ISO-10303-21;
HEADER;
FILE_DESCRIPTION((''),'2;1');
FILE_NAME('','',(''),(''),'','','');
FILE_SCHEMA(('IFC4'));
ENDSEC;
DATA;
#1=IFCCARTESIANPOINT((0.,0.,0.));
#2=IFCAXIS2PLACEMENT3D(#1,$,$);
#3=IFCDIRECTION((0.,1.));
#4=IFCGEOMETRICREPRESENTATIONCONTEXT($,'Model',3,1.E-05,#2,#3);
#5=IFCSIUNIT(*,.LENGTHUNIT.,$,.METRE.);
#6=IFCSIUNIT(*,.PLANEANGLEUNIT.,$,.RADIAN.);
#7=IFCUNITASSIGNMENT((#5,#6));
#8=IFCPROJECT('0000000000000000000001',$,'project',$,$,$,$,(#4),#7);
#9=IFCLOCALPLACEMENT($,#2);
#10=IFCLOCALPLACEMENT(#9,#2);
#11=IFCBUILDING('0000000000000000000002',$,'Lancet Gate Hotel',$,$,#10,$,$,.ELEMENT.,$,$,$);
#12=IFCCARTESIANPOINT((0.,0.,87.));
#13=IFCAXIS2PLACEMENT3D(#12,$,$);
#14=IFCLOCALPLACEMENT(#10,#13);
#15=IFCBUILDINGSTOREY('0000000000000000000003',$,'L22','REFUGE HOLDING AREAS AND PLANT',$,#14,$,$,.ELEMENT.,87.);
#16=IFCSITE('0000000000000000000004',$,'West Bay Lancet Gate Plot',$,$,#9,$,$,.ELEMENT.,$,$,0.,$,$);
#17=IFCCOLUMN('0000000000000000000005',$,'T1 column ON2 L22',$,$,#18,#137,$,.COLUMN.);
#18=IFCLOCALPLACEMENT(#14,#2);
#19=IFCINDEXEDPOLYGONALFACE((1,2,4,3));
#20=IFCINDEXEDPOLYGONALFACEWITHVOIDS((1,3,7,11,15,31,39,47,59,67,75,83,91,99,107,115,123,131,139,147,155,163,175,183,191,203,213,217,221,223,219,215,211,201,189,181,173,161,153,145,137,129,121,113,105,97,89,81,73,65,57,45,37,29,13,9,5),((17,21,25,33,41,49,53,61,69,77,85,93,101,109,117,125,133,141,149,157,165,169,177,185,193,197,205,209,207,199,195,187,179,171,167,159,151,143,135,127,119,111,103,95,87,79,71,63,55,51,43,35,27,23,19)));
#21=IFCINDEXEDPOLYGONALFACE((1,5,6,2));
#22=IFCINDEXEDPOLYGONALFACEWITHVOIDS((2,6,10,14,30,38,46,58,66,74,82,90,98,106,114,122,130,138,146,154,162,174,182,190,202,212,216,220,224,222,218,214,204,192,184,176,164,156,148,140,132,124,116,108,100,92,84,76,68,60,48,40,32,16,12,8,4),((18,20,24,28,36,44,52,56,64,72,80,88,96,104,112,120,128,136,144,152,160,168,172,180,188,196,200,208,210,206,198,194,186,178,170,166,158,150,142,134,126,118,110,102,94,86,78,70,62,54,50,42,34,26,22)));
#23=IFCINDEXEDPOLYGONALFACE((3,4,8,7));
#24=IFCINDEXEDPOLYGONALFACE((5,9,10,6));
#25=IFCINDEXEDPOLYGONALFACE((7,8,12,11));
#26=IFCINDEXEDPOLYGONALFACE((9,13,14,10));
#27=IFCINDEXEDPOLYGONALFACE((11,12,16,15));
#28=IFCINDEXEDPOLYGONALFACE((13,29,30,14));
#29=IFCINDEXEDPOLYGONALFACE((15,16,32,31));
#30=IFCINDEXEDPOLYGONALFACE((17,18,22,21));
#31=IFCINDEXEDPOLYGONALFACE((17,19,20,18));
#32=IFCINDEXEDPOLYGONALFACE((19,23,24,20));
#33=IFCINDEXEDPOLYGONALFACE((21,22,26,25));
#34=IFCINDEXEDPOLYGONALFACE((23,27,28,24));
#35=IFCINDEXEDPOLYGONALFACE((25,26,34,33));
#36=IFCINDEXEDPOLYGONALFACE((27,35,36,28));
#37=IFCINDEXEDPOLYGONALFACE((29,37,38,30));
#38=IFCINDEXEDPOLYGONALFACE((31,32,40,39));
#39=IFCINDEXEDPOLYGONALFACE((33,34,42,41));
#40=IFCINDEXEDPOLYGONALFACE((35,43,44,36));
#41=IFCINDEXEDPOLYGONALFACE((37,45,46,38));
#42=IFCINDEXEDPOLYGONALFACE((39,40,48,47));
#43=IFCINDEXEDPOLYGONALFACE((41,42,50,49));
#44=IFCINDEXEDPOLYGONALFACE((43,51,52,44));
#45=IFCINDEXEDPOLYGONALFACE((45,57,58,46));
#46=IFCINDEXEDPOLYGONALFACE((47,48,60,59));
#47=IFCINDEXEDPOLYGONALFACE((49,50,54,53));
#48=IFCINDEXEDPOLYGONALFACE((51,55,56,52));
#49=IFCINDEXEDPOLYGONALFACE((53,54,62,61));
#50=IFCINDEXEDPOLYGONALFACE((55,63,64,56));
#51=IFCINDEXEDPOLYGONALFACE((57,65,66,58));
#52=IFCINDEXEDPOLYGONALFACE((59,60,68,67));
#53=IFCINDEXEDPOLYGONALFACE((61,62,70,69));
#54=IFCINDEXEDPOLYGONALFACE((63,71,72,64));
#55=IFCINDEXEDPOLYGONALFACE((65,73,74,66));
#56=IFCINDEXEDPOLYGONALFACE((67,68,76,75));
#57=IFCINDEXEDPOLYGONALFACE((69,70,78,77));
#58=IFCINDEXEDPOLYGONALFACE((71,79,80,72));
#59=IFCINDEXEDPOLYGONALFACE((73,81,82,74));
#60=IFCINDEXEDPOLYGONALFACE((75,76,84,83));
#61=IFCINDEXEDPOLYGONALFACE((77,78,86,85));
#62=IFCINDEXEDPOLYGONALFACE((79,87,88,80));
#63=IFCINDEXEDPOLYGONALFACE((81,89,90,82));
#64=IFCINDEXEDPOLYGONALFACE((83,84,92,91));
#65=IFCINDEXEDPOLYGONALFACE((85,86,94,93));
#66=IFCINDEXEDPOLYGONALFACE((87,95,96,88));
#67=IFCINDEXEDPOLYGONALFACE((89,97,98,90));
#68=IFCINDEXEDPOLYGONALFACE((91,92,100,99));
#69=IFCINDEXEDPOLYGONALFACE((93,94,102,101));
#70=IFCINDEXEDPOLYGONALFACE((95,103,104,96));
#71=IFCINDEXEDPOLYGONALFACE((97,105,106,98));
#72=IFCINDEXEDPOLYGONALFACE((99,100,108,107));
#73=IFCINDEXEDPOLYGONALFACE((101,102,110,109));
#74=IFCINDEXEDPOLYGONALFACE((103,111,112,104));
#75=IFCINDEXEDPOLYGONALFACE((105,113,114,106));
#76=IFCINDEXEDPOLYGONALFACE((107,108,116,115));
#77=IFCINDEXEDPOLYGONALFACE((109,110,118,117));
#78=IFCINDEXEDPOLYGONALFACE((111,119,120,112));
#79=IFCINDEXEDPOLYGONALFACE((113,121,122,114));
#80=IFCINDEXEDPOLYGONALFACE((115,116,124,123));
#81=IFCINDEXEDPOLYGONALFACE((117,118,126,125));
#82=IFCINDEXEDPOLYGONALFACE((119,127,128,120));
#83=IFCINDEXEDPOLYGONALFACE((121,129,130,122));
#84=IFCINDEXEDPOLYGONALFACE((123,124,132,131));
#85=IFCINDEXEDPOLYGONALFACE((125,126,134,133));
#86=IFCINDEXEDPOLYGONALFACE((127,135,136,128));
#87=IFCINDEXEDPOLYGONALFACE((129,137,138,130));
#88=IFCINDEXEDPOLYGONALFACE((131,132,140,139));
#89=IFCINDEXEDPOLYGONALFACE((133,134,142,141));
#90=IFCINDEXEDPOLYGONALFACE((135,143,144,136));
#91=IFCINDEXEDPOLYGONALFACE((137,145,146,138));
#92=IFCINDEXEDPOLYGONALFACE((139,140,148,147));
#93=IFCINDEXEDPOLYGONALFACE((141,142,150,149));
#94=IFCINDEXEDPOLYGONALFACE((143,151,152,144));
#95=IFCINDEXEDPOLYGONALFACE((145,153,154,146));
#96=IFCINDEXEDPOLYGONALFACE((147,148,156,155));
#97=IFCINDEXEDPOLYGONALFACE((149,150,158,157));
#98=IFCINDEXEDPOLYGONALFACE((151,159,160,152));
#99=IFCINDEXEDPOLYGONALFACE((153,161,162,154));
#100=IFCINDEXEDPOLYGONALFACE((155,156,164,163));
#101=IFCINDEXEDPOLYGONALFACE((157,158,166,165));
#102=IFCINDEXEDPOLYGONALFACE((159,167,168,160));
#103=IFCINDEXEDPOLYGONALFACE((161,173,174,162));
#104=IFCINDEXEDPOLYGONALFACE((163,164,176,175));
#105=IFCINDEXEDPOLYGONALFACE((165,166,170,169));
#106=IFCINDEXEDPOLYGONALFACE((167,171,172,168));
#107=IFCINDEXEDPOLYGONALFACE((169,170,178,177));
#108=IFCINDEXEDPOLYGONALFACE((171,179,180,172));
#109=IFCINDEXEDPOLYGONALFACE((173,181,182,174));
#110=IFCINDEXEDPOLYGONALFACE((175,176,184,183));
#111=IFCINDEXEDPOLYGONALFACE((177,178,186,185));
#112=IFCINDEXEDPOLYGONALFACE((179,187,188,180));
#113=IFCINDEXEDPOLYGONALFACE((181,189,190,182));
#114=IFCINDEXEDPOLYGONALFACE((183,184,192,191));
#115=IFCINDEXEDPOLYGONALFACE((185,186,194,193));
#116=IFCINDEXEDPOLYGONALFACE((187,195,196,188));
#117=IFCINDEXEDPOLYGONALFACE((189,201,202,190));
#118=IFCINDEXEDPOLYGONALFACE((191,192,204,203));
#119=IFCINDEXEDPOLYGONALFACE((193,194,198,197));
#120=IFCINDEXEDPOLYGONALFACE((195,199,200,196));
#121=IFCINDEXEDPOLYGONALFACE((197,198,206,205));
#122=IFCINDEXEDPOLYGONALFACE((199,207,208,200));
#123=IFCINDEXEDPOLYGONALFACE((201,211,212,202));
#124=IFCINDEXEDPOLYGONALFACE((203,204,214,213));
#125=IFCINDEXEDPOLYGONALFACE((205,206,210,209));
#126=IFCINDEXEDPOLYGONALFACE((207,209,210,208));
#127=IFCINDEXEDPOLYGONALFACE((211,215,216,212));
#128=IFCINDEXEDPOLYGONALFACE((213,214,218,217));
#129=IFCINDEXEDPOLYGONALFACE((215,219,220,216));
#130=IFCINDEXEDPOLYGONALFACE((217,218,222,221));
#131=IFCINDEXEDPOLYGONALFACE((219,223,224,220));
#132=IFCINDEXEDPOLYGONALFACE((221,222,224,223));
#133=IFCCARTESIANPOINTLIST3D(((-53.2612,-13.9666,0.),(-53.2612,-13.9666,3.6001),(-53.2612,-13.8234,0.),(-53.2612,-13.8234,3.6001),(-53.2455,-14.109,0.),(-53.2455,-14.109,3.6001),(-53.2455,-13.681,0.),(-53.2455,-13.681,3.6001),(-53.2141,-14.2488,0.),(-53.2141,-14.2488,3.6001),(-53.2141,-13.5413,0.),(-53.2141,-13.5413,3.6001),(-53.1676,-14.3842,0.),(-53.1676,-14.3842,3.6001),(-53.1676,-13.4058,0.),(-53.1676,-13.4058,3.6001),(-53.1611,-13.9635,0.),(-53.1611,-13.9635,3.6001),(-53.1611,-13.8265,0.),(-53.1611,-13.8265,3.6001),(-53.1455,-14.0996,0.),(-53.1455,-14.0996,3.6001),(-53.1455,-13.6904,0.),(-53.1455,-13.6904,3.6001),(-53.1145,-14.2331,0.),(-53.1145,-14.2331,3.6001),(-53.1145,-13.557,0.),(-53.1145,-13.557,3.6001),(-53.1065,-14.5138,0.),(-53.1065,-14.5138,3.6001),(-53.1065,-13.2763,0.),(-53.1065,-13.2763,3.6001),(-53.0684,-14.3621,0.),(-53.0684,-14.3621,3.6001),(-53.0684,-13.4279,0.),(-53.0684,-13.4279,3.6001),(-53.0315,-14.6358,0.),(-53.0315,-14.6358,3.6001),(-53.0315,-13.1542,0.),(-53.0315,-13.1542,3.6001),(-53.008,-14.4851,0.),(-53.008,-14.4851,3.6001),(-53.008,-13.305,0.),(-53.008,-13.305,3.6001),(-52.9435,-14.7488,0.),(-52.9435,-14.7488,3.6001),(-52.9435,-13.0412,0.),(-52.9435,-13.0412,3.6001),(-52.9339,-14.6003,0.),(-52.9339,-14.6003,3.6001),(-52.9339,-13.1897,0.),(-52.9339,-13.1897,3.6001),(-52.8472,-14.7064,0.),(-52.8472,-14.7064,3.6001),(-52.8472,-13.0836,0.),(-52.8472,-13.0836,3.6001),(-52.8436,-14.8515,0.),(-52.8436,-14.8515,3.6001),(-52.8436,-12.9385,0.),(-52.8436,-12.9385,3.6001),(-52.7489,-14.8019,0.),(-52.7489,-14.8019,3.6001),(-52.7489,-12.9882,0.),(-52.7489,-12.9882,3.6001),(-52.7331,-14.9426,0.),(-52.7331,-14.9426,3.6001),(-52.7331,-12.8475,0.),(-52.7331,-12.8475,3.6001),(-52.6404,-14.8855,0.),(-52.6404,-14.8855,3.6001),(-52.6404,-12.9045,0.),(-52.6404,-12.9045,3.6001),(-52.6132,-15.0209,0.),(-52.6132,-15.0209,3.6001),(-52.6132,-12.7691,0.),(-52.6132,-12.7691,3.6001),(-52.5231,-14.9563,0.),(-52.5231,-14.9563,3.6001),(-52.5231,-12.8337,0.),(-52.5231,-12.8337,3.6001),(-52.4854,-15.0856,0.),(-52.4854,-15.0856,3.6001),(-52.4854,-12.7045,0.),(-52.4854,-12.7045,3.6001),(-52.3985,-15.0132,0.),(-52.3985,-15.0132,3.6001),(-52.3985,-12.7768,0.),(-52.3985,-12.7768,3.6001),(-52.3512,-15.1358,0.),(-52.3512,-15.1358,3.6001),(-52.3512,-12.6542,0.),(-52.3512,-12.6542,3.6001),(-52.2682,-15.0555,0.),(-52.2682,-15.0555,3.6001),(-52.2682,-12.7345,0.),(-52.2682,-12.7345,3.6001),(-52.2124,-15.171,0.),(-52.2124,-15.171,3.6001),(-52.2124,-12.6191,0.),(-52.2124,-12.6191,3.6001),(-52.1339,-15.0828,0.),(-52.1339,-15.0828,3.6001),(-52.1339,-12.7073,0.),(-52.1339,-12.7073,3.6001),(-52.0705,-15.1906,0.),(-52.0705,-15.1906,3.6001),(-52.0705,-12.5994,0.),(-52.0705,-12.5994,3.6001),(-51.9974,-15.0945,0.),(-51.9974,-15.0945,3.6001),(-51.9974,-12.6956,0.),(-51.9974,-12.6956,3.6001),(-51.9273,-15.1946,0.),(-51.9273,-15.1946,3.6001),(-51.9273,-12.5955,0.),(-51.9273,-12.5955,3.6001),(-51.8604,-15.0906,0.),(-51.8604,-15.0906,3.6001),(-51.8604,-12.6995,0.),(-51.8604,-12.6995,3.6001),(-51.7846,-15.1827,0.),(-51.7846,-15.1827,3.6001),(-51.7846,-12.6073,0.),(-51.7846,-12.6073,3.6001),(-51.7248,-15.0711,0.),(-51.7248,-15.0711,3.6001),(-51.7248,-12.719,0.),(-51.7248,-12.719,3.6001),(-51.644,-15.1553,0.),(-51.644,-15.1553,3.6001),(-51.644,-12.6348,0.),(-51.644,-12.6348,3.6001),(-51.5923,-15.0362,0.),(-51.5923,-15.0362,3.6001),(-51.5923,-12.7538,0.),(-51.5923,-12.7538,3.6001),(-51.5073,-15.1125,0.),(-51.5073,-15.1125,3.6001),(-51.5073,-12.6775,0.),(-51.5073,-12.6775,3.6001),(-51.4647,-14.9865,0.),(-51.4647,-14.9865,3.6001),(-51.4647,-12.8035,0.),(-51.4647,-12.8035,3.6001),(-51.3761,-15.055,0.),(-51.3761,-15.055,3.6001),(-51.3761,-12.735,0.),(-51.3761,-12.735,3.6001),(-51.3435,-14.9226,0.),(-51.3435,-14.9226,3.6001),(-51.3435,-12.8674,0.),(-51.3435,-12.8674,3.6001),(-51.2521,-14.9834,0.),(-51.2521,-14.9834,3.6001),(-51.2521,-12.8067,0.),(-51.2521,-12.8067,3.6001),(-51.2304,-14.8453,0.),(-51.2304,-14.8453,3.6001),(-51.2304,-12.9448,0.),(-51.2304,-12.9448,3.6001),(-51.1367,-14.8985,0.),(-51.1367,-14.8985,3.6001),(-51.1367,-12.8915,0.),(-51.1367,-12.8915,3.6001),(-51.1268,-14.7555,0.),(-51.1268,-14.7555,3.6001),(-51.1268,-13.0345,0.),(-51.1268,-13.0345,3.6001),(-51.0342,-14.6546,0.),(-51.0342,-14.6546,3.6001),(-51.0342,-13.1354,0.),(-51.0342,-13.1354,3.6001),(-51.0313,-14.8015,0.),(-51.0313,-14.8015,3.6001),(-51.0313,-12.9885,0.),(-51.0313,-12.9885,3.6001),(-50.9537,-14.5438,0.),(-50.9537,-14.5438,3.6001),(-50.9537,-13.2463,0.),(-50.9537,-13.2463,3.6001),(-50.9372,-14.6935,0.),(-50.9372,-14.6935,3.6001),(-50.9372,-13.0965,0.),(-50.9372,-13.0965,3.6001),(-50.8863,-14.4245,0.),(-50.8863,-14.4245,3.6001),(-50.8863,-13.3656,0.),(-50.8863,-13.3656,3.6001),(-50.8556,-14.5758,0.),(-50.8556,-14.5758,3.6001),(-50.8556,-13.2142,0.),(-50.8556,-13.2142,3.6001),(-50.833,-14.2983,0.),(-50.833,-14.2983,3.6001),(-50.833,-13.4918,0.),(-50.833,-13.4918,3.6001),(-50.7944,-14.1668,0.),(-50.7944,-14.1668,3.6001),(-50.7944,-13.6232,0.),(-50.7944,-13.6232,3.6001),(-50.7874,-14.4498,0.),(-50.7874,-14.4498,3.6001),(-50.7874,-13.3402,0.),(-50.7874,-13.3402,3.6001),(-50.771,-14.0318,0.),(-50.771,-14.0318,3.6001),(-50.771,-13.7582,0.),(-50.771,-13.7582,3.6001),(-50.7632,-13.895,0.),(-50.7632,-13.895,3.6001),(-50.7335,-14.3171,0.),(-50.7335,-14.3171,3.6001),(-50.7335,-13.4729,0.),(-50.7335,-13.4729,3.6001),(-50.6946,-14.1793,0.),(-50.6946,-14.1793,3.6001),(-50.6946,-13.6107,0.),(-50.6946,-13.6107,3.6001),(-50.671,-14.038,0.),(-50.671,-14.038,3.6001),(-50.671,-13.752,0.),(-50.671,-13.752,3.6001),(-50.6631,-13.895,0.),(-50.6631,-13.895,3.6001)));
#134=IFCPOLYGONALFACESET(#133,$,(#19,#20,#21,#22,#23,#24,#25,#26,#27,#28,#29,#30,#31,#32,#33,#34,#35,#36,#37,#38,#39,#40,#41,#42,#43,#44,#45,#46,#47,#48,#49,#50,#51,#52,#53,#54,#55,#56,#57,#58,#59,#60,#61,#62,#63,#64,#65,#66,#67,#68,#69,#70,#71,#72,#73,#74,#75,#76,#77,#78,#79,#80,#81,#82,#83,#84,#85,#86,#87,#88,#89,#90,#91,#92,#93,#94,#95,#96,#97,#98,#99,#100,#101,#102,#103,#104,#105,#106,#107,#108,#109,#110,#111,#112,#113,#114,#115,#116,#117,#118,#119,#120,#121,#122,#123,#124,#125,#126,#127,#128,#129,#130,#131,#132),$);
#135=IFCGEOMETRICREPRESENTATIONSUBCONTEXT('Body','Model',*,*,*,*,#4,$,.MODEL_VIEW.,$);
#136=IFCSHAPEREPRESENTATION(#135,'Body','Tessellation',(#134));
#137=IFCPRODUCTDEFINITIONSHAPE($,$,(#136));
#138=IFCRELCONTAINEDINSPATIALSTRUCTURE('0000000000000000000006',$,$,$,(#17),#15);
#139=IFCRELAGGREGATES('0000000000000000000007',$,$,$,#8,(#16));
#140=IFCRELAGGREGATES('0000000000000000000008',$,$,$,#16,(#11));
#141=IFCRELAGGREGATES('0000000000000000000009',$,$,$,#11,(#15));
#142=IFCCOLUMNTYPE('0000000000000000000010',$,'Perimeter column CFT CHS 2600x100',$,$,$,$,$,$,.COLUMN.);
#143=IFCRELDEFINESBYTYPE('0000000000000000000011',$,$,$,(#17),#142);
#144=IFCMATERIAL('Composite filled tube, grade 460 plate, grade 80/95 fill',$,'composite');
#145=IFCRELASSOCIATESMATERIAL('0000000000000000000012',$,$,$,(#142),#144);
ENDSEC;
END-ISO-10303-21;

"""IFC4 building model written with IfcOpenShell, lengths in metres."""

from ifc_helpers import new_model, si_unit, direction, frame, origin, origin_2d, place, context, subcontext, project, spatial, hollow_circle, extrude, material, material_profile, profile_set, type_object, element, save


model = new_model("IFC4")

# Units and contexts
model_context = context("Model", 3, precision=1e-05, world=origin(), true_north=direction((0.0, 1.0)))
body_context = subcontext(model_context, "Body", "Model", "MODEL_VIEW")
ifc_project = project(units=[si_unit("LENGTHUNIT", "METRE"), si_unit("PLANEANGLEUNIT", "RADIAN")], contexts=[model_context])

# Site, building, storey
site_placement = place(None, origin())
site = spatial("IfcSite", under=ifc_project, at=site_placement, Name="West Bay Lancet Gate Plot", CompositionType="ELEMENT", RefElevation=0.0)
building_placement = place(site_placement, origin())
building = spatial("IfcBuilding", under=site, at=building_placement, Name="Lancet Gate Hotel", CompositionType="ELEMENT")
storey_placement = place(building_placement, frame((0.0, 0.0, 87.0)))
storey = spatial("IfcBuildingStorey", under=building, at=storey_placement, Name="L22", Description="REFUGE HOLDING AREAS AND PLANT", CompositionType="ELEMENT", Elevation=87.0)

# Column
ifc_material_1 = material(Name="Composite filled tube, grade 460 plate, grade 80/95 fill", Category="composite")
ifc_material_profile_1 = material_profile(ifc_material_1, hollow_circle(Radius=1.3, WallThickness=0.1001, at=origin_2d()), Name="CHS 2600x100")
ifc_profile_set_1 = profile_set([ifc_material_profile_1], Name="Composite filled tube, grade 460 plate, grade 80/95 fill")
column_type = type_object("IfcColumnType", Name="Perimeter column CFT CHS 2600x100", PredefinedType="COLUMN", material=ifc_profile_set_1)
for number, where, z_axis, x_axis, name in (
    (1, (-51.9631, -13.895, 0.0), (0.0, 0.0, 1.0), (1.0, 0.0, 0.0), "T1 column ON2 L22"),
):
    element("IfcColumn", number, at=place(storey_placement, frame(where, z_axis=z_axis, x_axis=x_axis)), inside=storey, type_object=column_type, Name=name, PredefinedType="COLUMN", context=body_context, shape_type="SweptSolid", body=[
        extrude(hollow_circle(Radius=1.3, WallThickness=0.1001, at=origin_2d()), origin(), (0.0, 0.0, 1.0), 3.6001),
    ])

save(model, "model.ifc")
